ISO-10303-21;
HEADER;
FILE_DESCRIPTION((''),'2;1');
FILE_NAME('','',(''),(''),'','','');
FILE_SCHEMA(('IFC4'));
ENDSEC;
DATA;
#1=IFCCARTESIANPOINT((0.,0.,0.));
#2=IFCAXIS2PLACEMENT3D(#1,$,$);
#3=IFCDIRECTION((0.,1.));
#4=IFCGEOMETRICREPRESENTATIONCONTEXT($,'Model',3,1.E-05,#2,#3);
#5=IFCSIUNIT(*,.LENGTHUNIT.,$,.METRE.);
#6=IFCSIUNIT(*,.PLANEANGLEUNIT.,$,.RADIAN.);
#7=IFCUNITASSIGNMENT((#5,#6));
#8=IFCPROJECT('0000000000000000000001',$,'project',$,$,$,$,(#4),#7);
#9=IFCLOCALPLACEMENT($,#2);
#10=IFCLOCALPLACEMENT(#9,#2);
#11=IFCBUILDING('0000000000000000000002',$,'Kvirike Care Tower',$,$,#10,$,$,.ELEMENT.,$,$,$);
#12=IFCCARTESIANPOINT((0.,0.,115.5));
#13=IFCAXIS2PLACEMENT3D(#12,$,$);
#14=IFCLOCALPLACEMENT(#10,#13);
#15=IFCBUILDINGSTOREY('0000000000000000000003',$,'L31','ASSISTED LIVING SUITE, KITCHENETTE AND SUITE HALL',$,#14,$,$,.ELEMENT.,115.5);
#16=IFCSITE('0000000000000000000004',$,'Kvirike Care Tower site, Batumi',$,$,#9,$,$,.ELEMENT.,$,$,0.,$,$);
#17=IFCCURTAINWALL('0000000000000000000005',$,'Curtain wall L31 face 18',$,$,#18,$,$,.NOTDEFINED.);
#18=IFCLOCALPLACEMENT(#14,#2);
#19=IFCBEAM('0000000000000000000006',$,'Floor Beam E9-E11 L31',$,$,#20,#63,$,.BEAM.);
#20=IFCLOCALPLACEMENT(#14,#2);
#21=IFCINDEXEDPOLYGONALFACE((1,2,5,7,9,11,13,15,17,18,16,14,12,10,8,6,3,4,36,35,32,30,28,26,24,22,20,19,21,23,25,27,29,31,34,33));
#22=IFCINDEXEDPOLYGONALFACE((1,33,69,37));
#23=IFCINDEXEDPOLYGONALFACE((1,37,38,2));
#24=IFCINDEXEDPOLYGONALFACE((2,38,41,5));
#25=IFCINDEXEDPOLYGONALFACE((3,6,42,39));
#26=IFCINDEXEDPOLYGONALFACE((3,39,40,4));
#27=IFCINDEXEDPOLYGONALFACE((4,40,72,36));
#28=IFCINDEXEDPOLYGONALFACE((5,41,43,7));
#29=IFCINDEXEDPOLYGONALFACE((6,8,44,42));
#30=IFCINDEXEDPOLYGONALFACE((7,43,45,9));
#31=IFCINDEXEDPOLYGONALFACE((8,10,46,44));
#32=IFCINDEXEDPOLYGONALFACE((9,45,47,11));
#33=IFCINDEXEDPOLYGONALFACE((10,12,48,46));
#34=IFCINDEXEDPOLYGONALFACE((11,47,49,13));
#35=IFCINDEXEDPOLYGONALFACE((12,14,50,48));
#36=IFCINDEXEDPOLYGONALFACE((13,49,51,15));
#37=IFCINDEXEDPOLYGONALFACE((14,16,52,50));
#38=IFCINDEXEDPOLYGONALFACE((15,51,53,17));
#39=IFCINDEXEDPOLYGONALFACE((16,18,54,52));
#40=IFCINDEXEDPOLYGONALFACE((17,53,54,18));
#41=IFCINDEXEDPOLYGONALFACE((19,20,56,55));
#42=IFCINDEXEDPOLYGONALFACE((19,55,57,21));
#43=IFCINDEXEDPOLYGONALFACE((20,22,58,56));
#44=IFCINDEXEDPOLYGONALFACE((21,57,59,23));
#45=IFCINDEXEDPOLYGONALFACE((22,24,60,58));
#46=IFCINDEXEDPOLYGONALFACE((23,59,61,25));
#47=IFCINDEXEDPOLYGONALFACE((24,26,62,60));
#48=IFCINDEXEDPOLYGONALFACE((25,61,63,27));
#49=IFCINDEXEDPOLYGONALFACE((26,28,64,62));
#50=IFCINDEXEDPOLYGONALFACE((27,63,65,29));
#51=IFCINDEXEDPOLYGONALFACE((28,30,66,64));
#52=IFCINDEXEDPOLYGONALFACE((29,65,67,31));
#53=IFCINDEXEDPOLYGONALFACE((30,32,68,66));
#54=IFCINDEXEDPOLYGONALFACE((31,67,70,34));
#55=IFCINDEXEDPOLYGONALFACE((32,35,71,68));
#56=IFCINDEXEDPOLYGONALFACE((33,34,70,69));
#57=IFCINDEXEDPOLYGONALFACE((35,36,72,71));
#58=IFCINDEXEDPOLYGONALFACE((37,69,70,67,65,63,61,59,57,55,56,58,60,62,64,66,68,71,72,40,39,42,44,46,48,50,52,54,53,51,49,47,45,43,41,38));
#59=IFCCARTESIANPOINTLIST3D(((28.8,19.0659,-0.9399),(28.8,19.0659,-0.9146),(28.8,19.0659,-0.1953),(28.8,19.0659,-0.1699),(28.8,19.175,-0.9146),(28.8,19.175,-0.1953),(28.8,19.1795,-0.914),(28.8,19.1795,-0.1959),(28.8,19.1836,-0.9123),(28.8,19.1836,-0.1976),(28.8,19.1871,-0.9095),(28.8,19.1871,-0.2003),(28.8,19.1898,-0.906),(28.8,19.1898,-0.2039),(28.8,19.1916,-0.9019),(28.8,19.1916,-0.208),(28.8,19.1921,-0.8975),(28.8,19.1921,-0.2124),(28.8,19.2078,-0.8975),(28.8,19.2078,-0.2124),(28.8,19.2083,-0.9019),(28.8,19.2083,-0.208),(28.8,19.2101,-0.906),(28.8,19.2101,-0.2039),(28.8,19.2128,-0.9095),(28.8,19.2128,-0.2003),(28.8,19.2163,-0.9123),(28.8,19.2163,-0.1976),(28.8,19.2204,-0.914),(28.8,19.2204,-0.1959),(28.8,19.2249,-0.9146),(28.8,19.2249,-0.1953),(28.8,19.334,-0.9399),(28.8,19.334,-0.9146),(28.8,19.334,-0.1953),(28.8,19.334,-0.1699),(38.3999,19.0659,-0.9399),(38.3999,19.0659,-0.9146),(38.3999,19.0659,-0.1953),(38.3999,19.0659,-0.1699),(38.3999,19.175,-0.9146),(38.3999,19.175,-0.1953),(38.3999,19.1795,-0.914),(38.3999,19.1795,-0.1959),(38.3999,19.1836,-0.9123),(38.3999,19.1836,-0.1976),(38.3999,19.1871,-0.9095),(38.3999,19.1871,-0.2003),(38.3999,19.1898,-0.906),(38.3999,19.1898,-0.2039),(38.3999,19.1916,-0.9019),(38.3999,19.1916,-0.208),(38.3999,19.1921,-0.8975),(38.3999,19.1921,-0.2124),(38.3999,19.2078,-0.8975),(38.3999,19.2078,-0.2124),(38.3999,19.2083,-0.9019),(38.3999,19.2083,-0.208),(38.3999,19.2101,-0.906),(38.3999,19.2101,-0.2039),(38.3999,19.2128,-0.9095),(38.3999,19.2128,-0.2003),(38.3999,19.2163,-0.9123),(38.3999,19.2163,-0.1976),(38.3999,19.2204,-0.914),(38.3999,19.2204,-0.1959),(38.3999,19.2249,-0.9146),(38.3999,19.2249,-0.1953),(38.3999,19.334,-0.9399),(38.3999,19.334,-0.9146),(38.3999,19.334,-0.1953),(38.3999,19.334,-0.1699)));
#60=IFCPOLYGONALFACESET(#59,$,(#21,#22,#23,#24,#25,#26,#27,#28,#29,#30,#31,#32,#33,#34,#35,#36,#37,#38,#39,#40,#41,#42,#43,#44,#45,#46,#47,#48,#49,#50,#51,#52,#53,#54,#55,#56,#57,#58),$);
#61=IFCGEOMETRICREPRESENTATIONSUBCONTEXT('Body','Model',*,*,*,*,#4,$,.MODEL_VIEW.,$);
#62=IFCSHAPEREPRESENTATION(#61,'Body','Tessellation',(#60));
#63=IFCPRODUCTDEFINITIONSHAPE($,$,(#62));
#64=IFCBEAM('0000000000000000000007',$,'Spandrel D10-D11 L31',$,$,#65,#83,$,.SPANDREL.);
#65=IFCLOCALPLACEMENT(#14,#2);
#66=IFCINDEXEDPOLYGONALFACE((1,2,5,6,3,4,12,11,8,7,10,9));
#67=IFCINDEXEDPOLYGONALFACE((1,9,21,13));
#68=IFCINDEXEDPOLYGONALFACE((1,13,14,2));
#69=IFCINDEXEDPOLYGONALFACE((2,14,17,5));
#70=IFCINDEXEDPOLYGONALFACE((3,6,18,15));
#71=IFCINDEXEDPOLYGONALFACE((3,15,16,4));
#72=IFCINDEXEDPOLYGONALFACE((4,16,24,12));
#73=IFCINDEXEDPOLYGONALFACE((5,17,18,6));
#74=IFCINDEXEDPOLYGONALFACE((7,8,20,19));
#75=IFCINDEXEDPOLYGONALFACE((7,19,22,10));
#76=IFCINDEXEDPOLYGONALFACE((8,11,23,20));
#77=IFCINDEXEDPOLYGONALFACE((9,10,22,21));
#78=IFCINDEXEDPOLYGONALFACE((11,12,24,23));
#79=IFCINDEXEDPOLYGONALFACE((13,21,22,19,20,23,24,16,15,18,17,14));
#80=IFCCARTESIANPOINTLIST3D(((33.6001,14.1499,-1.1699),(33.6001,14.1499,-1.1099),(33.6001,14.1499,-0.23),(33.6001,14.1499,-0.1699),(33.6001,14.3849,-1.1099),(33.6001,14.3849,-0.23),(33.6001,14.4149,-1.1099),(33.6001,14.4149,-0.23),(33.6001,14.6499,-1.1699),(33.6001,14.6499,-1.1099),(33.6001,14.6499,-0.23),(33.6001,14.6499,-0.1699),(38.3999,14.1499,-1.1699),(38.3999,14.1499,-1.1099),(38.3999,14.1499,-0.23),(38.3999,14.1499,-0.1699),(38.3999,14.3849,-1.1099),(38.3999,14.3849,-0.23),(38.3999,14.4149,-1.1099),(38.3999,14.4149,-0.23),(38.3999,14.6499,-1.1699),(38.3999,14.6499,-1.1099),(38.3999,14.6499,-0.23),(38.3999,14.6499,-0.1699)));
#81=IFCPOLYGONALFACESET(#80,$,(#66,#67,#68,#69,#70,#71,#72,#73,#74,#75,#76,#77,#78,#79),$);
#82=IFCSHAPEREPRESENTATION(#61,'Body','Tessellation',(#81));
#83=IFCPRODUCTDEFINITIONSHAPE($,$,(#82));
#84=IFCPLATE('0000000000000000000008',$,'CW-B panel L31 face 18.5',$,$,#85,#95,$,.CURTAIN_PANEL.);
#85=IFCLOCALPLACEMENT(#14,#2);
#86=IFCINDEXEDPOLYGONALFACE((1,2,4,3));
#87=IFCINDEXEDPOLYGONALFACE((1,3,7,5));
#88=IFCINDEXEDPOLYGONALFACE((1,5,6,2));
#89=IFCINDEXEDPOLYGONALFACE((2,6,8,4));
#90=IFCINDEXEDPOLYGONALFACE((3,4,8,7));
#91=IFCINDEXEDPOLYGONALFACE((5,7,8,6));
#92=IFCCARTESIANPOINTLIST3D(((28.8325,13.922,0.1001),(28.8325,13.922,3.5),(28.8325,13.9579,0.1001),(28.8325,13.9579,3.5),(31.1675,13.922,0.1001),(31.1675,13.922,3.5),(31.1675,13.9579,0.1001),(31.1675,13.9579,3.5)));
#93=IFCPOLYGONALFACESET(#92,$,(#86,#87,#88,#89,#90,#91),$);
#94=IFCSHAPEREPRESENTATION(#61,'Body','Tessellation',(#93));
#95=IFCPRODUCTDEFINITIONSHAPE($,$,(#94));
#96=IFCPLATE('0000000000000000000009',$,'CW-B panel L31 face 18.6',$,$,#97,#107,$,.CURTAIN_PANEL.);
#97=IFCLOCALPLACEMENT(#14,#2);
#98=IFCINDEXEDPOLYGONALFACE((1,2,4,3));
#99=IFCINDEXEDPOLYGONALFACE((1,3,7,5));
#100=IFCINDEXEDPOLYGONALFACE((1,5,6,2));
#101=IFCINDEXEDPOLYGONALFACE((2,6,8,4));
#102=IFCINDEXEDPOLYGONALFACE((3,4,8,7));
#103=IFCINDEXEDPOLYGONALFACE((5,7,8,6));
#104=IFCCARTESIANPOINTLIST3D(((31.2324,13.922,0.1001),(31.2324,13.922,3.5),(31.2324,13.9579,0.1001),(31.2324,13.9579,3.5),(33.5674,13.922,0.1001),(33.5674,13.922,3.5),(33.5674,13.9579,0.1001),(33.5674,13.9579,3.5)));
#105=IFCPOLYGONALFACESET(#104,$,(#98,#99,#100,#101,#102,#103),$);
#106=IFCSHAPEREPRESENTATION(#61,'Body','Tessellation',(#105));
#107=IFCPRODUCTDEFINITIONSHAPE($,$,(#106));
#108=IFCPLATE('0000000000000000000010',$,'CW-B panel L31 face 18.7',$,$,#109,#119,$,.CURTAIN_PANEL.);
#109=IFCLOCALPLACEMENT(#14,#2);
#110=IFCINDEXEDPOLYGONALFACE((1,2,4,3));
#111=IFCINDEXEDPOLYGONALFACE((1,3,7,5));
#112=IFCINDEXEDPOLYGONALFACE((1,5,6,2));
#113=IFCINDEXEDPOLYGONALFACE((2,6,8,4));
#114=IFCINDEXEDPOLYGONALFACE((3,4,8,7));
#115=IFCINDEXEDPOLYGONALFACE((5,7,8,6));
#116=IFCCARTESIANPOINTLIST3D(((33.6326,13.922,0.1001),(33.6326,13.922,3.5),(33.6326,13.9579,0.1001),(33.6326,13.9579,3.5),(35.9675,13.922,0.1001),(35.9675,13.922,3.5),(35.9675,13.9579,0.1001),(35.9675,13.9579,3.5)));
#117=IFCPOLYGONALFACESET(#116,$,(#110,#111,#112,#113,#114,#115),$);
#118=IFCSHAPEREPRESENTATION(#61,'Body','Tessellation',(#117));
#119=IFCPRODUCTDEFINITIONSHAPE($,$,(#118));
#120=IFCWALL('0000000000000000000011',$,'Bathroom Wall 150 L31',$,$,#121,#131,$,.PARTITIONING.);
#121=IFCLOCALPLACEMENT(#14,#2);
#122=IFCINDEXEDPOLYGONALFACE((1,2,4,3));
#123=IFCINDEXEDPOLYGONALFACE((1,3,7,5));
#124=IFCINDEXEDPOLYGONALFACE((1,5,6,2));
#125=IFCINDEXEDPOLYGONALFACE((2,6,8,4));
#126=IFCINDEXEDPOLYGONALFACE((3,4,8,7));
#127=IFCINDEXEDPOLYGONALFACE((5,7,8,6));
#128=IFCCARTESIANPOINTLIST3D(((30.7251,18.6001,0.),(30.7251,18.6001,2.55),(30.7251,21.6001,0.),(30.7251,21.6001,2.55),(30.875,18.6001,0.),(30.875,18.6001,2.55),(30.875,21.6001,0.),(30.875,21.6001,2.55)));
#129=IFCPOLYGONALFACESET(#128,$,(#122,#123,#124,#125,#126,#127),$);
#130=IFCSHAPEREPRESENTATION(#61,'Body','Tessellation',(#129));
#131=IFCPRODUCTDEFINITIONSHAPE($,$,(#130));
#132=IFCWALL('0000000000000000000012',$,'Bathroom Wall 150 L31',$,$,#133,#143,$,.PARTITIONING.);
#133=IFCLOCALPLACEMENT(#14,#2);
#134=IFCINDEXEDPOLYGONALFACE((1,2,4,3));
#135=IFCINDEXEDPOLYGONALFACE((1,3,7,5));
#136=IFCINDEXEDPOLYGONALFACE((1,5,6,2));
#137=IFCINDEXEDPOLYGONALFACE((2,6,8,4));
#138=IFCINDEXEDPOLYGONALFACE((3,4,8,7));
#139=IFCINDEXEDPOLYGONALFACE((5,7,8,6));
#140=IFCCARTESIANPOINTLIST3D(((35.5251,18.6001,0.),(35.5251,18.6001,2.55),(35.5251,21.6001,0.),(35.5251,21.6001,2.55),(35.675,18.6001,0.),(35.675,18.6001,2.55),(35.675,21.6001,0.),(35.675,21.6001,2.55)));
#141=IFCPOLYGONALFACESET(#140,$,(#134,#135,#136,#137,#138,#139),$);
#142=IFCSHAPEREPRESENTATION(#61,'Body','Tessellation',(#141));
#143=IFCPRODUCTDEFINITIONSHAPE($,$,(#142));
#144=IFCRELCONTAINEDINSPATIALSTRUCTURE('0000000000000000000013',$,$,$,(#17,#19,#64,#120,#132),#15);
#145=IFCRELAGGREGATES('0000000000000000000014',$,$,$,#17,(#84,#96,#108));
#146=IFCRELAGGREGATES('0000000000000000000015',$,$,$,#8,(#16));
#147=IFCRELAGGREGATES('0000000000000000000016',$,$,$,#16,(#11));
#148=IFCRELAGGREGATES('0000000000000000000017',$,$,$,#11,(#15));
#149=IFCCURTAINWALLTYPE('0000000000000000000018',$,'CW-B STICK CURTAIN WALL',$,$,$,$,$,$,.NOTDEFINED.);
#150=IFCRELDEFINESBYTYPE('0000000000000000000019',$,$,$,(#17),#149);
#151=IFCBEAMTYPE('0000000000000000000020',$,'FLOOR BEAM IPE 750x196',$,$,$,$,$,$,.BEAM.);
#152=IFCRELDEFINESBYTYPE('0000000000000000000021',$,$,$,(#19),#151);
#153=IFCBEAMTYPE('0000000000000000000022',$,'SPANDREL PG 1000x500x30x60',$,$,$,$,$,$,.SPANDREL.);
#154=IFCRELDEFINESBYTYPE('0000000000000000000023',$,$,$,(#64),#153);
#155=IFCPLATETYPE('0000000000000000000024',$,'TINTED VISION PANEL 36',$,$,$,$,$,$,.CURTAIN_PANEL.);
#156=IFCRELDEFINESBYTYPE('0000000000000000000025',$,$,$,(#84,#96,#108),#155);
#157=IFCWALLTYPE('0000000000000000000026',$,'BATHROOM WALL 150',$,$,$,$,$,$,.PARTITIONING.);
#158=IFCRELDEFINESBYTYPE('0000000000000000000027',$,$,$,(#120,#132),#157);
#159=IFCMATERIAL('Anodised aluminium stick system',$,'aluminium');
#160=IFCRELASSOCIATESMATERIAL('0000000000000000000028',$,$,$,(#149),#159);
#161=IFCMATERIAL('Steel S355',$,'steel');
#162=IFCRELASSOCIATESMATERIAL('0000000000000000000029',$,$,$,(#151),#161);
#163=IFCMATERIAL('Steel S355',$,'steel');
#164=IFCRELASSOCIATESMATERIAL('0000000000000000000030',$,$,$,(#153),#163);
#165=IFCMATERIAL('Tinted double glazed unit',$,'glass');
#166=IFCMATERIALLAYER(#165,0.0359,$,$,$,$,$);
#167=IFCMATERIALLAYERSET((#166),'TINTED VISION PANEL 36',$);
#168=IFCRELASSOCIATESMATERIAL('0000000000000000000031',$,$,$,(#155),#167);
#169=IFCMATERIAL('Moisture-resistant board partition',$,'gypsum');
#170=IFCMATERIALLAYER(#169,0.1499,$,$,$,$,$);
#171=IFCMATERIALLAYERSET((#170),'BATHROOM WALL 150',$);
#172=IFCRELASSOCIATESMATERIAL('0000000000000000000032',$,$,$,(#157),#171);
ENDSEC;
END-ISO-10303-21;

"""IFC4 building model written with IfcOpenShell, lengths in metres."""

from ifc_helpers import new_model, si_unit, direction, frame, frame_2d, origin, origin_2d, place, context, subcontext, project, spatial, rectangle, i_section, extrude, material, layer, layer_set, material_profile, profile_set, type_object, element, aggregate, save


model = new_model("IFC4")

# Units and contexts
model_context = context("Model", 3, precision=1e-05, world=origin(), true_north=direction((0.0, 1.0)))
body_context = subcontext(model_context, "Body", "Model", "MODEL_VIEW")
ifc_project = project(units=[si_unit("LENGTHUNIT", "METRE"), si_unit("PLANEANGLEUNIT", "RADIAN")], contexts=[model_context])

# Site, building, storey
site_placement = place(None, origin())
site = spatial("IfcSite", under=ifc_project, at=site_placement, Name="Kvirike Care Tower site, Batumi", CompositionType="ELEMENT", RefElevation=0.0)
building_placement = place(site_placement, origin())
building = spatial("IfcBuilding", under=site, at=building_placement, Name="Kvirike Care Tower", CompositionType="ELEMENT")
storey_placement = place(building_placement, frame((0.0, 0.0, 115.5)))
storey = spatial("IfcBuildingStorey", under=building, at=storey_placement, Name="L31", Description="ASSISTED LIVING SUITE, KITCHENETTE AND SUITE HALL", CompositionType="ELEMENT", Elevation=115.5)

# Curtain wall
ifc_material_1 = material(Name="Anodised aluminium stick system", Category="aluminium")
curtain_wall_type = type_object("IfcCurtainWallType", Name="CW-B STICK CURTAIN WALL", PredefinedType="NOTDEFINED", material=ifc_material_1)
curtain_wall_placement = place(storey_placement, origin())
curtain_wall = element("IfcCurtainWall", 1, at=curtain_wall_placement, inside=storey, type_object=curtain_wall_type, Name="Curtain wall L31 face 18", PredefinedType="NOTDEFINED")

# Beams
ifc_material_2 = material(Name="Steel S355", Category="steel")
ifc_material_profile_1 = material_profile(ifc_material_2, i_section(OverallWidth=0.2681, OverallDepth=0.77, WebThickness=0.0156, FlangeThickness=0.0254, FilletRadius=0.0171, at=origin_2d()), Name="IPE 750x196")
ifc_profile_set_1 = profile_set([ifc_material_profile_1], Name="Steel S355")
beam_type_1 = type_object("IfcBeamType", Name="FLOOR BEAM IPE 750x196", PredefinedType="BEAM", material=ifc_profile_set_1)
beam_1_placement = place(storey_placement, frame((28.8, 19.2, -0.5549), z_axis=(1.0, 0.0, 0.0), x_axis=(0.0, 1.0, 0.0)))
element("IfcBeam", 2, at=beam_1_placement, inside=storey, type_object=beam_type_1, Name="Floor Beam E9-E11 L31", PredefinedType="BEAM", context=body_context, shape_type="SweptSolid", body=[
    extrude(i_section(OverallWidth=0.2681, OverallDepth=0.77, WebThickness=0.0156, FlangeThickness=0.0254, FilletRadius=0.0171, at=origin_2d()), origin(), (0.0, 0.0, 1.0), 9.5999),
])
ifc_material_3 = material(Name="Steel S355", Category="steel")
ifc_material_profile_2 = material_profile(ifc_material_3, i_section(OverallWidth=0.5, OverallDepth=1.0, WebThickness=0.03, FlangeThickness=0.0601, at=origin_2d()), Name="PG 1000x500x30x60")
ifc_profile_set_2 = profile_set([ifc_material_profile_2], Name="Steel S355")
beam_type_2 = type_object("IfcBeamType", Name="SPANDREL PG 1000x500x30x60", PredefinedType="SPANDREL", material=ifc_profile_set_2)
beam_2_placement = place(storey_placement, frame((33.6001, 14.3999, -0.6699), z_axis=(1.0, 0.0, 0.0), x_axis=(0.0, 1.0, 0.0)))
element("IfcBeam", 3, at=beam_2_placement, inside=storey, type_object=beam_type_2, Name="Spandrel D10-D11 L31", PredefinedType="SPANDREL", context=body_context, shape_type="SweptSolid", body=[
    extrude(i_section(OverallWidth=0.5, OverallDepth=1.0, WebThickness=0.03, FlangeThickness=0.0601, at=origin_2d()), origin(), (0.0, 0.0, 1.0), 4.7998),
])

# Plates
ifc_material_4 = material(Name="Tinted double glazed unit", Category="glass")
ifc_layer_1 = layer(ifc_material_4, 0.0359)
ifc_layer_set_1 = layer_set([ifc_layer_1], Name="TINTED VISION PANEL 36")
plate_type = type_object("IfcPlateType", Name="TINTED VISION PANEL 36", PredefinedType="CURTAIN_PANEL", material=ifc_layer_set_1)
plate_1_placement = place(storey_placement, frame((30.0, 13.9399, 0.1001), z_axis=(0.0, 0.0, 1.0), x_axis=(1.0, 0.0, 0.0)))
plate_1 = element("IfcPlate", 4, at=plate_1_placement, type_object=plate_type, Name="CW-B panel L31 face 18.5", PredefinedType="CURTAIN_PANEL", context=body_context, shape_type="SweptSolid", body=[
    extrude(rectangle(XDim=2.335, YDim=0.0359, at=origin_2d()), origin(), (0.0, 0.0, 1.0), 3.3999),
])
plate_2_placement = place(storey_placement, frame((32.3999, 13.9399, 0.1001), z_axis=(0.0, 0.0, 1.0), x_axis=(1.0, 0.0, 0.0)))
plate_2 = element("IfcPlate", 5, at=plate_2_placement, type_object=plate_type, Name="CW-B panel L31 face 18.6", PredefinedType="CURTAIN_PANEL", context=body_context, shape_type="SweptSolid", body=[
    extrude(rectangle(XDim=2.335, YDim=0.0359, at=origin_2d()), origin(), (0.0, 0.0, 1.0), 3.3999),
])
plate_3_placement = place(storey_placement, frame((34.8, 13.9399, 0.1001), z_axis=(0.0, 0.0, 1.0), x_axis=(1.0, 0.0, 0.0)))
plate_3 = element("IfcPlate", 6, at=plate_3_placement, type_object=plate_type, Name="CW-B panel L31 face 18.7", PredefinedType="CURTAIN_PANEL", context=body_context, shape_type="SweptSolid", body=[
    extrude(rectangle(XDim=2.335, YDim=0.0359, at=origin_2d()), origin(), (0.0, 0.0, 1.0), 3.3999),
])
aggregate(curtain_wall, [plate_1, plate_2, plate_3])

# Walls
ifc_material_5 = material(Name="Moisture-resistant board partition", Category="gypsum")
ifc_layer_2 = layer(ifc_material_5, 0.1499)
ifc_layer_set_2 = layer_set([ifc_layer_2], Name="BATHROOM WALL 150")
wall_type_1 = type_object("IfcWallType", Name="BATHROOM WALL 150", PredefinedType="PARTITIONING", material=ifc_layer_set_2)
for number, where, z_axis, x_axis, name in (
    (7, (30.8, 18.6001, 0.0), (0.0, 0.0, 1.0), (0.0, 1.0, 0.0), "Bathroom Wall 150 L31"),
    (8, (35.6001, 18.6001, 0.0), (0.0, 0.0, 1.0), (0.0, 1.0, 0.0), "Bathroom Wall 150 L31"),
):
    element("IfcWall", number, at=place(storey_placement, frame(where, z_axis=z_axis, x_axis=x_axis)), inside=storey, type_object=wall_type_1, Name=name, PredefinedType="PARTITIONING", context=body_context, shape_type="SweptSolid", body=[
        extrude(rectangle(XDim=3.0, YDim=0.1499, at=frame_2d((1.5, 0.0))), origin(), (0.0, 0.0, 1.0), 2.55),
    ])

save(model, "model.ifc")
